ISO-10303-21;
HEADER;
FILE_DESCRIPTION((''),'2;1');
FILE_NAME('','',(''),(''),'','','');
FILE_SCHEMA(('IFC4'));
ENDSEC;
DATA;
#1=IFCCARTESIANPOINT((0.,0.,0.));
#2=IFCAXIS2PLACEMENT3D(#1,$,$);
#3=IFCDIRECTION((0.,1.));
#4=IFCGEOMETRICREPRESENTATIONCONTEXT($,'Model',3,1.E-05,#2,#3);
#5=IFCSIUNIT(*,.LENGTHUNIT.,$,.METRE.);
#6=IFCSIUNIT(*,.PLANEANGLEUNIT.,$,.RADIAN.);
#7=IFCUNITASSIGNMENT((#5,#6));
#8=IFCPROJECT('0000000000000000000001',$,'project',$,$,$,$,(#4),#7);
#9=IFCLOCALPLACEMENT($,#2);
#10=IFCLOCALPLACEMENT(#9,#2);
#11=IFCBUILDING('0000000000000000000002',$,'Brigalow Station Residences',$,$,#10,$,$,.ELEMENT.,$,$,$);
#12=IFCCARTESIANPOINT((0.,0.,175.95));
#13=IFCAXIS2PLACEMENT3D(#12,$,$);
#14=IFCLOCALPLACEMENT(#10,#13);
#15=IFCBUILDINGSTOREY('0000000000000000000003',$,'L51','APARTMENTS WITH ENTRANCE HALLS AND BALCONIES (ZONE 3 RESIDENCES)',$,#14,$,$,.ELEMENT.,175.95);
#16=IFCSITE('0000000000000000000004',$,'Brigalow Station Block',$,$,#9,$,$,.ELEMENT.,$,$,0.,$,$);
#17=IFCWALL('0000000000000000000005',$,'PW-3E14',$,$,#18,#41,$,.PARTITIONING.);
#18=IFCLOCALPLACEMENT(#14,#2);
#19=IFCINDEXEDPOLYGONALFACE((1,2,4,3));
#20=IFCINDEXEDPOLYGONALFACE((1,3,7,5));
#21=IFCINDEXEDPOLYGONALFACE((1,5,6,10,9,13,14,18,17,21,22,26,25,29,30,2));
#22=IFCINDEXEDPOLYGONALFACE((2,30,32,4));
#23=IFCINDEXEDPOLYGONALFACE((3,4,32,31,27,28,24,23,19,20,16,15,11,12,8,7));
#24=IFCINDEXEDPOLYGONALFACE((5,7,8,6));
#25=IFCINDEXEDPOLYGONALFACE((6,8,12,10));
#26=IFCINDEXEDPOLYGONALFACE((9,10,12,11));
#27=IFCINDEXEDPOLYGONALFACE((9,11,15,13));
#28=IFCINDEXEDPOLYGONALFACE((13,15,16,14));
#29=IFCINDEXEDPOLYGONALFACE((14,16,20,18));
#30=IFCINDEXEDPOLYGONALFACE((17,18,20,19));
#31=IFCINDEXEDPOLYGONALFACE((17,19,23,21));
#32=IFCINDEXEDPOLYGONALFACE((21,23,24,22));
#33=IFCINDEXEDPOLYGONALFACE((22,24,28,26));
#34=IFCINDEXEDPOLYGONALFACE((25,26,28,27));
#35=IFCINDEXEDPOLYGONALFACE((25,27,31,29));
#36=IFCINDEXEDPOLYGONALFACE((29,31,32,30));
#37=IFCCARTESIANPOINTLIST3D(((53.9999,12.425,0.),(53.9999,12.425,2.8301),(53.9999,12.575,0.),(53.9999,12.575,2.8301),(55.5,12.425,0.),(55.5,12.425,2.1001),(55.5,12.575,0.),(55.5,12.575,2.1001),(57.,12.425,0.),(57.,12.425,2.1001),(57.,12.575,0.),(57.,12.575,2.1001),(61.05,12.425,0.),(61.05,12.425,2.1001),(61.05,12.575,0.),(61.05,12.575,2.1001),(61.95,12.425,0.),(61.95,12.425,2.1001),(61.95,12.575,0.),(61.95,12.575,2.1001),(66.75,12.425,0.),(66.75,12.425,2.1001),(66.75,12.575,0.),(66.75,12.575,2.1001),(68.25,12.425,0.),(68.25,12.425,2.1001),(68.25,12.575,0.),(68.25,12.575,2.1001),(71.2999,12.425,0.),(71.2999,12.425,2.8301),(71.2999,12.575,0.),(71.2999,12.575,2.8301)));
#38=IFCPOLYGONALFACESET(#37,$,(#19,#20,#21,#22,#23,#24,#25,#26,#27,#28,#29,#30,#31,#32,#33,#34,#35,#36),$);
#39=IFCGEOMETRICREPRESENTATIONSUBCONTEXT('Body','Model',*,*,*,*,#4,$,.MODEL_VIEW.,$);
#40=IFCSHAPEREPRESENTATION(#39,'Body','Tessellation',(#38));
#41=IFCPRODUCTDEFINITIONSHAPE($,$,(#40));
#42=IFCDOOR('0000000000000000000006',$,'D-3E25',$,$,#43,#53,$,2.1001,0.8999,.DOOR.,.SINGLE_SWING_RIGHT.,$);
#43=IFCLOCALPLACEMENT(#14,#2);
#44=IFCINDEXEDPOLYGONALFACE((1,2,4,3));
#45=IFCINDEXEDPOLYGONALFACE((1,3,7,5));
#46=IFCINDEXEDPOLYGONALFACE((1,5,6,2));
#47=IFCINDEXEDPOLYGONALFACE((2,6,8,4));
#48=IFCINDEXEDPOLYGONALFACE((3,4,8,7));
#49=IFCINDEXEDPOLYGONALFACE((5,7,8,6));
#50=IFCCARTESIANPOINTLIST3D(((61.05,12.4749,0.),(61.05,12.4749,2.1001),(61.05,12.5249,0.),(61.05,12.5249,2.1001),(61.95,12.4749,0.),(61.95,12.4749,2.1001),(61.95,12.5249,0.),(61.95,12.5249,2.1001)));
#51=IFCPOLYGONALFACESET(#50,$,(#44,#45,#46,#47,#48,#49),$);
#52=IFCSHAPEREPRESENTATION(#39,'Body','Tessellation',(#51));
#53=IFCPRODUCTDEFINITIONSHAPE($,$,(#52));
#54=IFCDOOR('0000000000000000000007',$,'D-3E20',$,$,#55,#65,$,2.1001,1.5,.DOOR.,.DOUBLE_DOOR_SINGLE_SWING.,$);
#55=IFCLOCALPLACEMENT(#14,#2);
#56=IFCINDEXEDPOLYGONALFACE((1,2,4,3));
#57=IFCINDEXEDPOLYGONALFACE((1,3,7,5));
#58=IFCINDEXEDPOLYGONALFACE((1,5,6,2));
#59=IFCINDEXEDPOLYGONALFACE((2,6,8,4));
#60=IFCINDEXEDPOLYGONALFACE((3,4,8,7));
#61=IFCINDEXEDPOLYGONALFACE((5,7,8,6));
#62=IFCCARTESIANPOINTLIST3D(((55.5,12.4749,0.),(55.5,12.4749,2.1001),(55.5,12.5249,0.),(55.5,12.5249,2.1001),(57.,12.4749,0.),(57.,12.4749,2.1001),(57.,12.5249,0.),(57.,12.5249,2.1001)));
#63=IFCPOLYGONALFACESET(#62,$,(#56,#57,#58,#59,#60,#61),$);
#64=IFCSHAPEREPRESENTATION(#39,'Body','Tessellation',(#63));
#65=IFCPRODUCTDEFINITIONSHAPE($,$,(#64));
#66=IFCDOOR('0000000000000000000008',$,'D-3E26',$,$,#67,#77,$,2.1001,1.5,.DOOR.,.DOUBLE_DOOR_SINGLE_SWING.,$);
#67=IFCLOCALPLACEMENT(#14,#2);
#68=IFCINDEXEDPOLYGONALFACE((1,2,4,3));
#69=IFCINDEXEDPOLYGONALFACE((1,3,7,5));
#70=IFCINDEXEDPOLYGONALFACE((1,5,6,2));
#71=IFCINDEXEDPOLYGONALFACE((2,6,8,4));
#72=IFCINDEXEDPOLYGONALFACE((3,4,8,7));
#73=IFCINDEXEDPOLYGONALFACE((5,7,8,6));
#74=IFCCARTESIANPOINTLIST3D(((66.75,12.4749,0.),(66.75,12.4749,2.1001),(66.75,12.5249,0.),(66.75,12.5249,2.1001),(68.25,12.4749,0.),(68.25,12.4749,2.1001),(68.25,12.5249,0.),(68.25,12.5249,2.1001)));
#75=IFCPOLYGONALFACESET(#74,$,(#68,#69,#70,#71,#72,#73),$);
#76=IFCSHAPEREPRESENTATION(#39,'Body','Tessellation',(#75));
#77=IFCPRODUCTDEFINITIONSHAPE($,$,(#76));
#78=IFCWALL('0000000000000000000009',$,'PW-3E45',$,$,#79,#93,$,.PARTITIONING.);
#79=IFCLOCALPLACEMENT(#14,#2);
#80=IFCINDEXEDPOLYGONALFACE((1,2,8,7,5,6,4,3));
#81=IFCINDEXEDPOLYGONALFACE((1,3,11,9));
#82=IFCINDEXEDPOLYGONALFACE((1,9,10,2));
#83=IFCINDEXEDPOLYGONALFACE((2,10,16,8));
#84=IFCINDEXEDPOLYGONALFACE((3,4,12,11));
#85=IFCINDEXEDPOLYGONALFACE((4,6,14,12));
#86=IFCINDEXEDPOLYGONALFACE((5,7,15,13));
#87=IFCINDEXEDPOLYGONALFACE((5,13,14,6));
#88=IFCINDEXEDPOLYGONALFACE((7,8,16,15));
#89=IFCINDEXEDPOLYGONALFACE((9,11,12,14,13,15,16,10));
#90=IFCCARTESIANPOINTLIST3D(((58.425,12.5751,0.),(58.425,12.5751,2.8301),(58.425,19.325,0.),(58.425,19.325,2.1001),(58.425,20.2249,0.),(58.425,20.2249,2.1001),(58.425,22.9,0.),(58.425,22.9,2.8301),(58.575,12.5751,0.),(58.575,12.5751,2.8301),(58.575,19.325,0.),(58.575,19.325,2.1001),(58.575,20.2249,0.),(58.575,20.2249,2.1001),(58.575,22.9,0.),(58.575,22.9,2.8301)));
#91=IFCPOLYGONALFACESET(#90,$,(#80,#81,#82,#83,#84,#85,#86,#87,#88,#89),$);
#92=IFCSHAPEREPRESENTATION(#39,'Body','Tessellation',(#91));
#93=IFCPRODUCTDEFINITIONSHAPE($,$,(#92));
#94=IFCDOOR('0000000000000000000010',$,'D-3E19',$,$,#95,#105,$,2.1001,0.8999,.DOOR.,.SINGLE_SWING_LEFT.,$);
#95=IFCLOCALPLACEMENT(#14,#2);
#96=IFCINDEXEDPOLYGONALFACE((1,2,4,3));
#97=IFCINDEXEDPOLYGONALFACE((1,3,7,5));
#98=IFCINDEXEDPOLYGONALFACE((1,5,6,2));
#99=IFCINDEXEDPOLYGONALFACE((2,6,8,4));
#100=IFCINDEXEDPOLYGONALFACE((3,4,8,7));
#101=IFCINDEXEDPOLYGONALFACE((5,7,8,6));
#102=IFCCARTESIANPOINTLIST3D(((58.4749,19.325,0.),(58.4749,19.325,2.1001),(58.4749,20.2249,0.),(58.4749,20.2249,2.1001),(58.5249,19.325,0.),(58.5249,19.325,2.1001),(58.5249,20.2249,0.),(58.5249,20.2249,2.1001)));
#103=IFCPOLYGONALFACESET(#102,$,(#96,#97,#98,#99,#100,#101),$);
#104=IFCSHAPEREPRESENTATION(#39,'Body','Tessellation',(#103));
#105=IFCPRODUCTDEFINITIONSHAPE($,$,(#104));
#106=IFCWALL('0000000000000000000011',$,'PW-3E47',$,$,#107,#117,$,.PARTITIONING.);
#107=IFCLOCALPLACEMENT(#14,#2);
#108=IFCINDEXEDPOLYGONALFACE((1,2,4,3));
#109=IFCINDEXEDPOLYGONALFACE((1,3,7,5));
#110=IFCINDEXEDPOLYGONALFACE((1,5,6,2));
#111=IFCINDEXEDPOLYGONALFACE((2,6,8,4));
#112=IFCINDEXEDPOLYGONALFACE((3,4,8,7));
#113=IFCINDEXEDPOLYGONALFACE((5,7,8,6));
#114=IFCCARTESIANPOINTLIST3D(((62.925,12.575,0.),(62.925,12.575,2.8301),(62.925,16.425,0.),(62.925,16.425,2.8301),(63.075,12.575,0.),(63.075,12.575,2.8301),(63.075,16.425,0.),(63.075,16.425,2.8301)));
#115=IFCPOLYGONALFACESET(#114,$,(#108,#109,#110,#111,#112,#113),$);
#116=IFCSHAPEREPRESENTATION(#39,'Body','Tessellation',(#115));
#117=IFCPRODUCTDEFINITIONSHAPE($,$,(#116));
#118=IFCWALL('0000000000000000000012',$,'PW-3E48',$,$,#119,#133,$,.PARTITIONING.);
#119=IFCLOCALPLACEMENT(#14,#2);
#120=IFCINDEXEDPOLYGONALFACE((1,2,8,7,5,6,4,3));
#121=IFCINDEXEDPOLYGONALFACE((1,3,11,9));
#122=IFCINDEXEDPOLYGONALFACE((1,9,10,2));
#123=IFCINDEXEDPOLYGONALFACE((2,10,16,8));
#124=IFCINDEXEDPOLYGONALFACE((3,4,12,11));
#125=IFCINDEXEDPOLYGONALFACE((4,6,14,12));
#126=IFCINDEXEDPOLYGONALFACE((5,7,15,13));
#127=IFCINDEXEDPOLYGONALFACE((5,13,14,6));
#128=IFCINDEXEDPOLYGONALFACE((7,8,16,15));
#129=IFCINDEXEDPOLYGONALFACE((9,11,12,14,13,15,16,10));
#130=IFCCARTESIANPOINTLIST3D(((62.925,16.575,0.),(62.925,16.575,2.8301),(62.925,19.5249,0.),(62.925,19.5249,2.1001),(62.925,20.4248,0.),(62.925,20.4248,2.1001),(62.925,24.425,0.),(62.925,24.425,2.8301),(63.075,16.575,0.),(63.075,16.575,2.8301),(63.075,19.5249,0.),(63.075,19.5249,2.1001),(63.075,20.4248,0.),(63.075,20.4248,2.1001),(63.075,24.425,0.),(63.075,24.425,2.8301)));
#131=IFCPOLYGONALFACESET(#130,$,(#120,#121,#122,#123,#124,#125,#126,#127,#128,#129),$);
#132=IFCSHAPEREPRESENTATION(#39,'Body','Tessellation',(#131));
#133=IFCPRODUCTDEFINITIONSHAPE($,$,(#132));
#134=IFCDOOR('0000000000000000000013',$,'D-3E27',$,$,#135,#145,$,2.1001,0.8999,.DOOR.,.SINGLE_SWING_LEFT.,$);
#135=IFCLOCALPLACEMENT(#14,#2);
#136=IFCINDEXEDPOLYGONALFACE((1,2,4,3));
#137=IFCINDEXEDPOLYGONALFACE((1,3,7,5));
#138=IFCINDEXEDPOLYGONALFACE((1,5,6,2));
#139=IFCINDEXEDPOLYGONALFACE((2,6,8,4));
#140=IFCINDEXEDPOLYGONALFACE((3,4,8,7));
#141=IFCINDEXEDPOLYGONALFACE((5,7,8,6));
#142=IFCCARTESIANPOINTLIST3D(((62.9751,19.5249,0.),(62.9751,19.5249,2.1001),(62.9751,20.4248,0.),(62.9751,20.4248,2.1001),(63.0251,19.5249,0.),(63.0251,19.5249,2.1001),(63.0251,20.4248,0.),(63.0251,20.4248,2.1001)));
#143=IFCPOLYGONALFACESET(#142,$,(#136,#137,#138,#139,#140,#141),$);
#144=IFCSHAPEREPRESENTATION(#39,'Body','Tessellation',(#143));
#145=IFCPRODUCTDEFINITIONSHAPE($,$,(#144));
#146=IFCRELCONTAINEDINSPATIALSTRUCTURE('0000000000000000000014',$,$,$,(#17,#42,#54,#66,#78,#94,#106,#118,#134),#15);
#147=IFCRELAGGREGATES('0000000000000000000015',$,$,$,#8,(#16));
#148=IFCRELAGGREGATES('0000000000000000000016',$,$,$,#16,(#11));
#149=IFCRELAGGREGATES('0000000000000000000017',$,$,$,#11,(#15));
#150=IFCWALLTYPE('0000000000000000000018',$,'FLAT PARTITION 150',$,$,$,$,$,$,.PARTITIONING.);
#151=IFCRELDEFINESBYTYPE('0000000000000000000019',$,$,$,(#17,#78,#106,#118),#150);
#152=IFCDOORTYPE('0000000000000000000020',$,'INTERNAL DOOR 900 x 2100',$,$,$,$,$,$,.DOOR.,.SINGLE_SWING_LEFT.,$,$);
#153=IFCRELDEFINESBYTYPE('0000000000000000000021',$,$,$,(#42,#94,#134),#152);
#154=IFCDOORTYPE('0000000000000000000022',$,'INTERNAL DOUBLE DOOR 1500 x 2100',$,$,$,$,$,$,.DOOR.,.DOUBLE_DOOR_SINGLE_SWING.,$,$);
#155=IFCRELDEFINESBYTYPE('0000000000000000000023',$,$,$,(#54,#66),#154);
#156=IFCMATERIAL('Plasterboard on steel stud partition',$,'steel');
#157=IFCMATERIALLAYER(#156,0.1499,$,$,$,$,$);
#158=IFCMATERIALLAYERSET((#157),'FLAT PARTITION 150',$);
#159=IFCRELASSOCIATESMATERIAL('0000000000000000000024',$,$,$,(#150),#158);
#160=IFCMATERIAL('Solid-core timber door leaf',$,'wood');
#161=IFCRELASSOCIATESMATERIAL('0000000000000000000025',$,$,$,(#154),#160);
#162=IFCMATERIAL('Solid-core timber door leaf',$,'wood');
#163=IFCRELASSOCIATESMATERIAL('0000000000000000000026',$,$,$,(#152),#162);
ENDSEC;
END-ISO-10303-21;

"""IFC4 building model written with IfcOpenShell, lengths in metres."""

from ifc_helpers import new_model, si_unit, direction, frame, frame_2d, origin, place, context, subcontext, project, spatial, rectangle, extrude, material, layer, layer_set, type_object, element, fill, save


model = new_model("IFC4")

# Units and contexts
model_context = context("Model", 3, precision=1e-05, world=origin(), true_north=direction((0.0, 1.0)))
body_context = subcontext(model_context, "Body", "Model", "MODEL_VIEW")
ifc_project = project(units=[si_unit("LENGTHUNIT", "METRE"), si_unit("PLANEANGLEUNIT", "RADIAN")], contexts=[model_context])

# Site, building, storey
site_placement = place(None, origin())
site = spatial("IfcSite", under=ifc_project, at=site_placement, Name="Brigalow Station Block", CompositionType="ELEMENT", RefElevation=0.0)
building_placement = place(site_placement, origin())
building = spatial("IfcBuilding", under=site, at=building_placement, Name="Brigalow Station Residences", CompositionType="ELEMENT")
storey_placement = place(building_placement, frame((0.0, 0.0, 175.95)))
storey = spatial("IfcBuildingStorey", under=building, at=storey_placement, Name="L51", Description="APARTMENTS WITH ENTRANCE HALLS AND BALCONIES (ZONE 3 RESIDENCES)", CompositionType="ELEMENT", Elevation=175.95)

# Shared definitions
ifc_material_1 = material(Name="Plasterboard on steel stud partition", Category="steel")
ifc_layer_1 = layer(ifc_material_1, 0.1499)
ifc_layer_set_1 = layer_set([ifc_layer_1], Name="FLAT PARTITION 150")
wall_type_1 = type_object("IfcWallType", Name="FLAT PARTITION 150", PredefinedType="PARTITIONING", material=ifc_layer_set_1)
ifc_material_2 = material(Name="Solid-core timber door leaf", Category="wood")
door_type_1 = type_object("IfcDoorType", Name="INTERNAL DOUBLE DOOR 1500 x 2100", OperationType="DOUBLE_DOOR_SINGLE_SWING", PredefinedType="DOOR", material=ifc_material_2)

# Wall, openings, doors
wall_1_placement = place(storey_placement, frame((54.0, 12.5, 0.0), z_axis=(0.0, 0.0, 1.0), x_axis=(1.0, 0.0, 0.0)))
wall_1 = element("IfcWall", 1, at=wall_1_placement, inside=storey, type_object=wall_type_1, Name="PW-3E14", PredefinedType="PARTITIONING", context=body_context, shape_type="SweptSolid", body=[
    extrude(rectangle(XDim=17.3, YDim=0.1499, at=frame_2d((8.6499, 0.0))), origin(), (0.0, 0.0, 1.0), 2.8301),
])
opening_1_placement = place(wall_1_placement, frame((1.5, 0.0, 0.0)))
opening_1 = element("IfcOpeningElement", 2, at=opening_1_placement, cuts=wall_1, PredefinedType="OPENING", context=body_context, shape_type="SweptSolid", body=[
    extrude(rectangle(XDim=1.5, YDim=2.1001, at=frame_2d((0.75, 1.05))), frame((0.0, 0.085, 0.0), z_axis=(0.0, -1.0, 0.0), x_axis=(1.0, 0.0, 0.0)), (0.0, 0.0, 1.0), 0.1699),
])
opening_2_placement = place(wall_1_placement, frame((7.05, 0.0, 0.0)))
opening_2 = element("IfcOpeningElement", 3, at=opening_2_placement, cuts=wall_1, PredefinedType="OPENING", context=body_context, shape_type="SweptSolid", body=[
    extrude(rectangle(XDim=0.8999, YDim=2.1001, at=frame_2d((0.45, 1.05))), frame((0.0, 0.085, 0.0), z_axis=(0.0, -1.0, 0.0), x_axis=(1.0, 0.0, 0.0)), (0.0, 0.0, 1.0), 0.1699),
])
opening_3_placement = place(wall_1_placement, frame((12.75, 0.0, 0.0)))
opening_3 = element("IfcOpeningElement", 4, at=opening_3_placement, cuts=wall_1, PredefinedType="OPENING", context=body_context, shape_type="SweptSolid", body=[
    extrude(rectangle(XDim=1.5, YDim=2.1001, at=frame_2d((0.75, 1.05))), frame((0.0, 0.085, 0.0), z_axis=(0.0, -1.0, 0.0), x_axis=(1.0, 0.0, 0.0)), (0.0, 0.0, 1.0), 0.1699),
])
ifc_material_3 = material(Name="Solid-core timber door leaf", Category="wood")
door_type_2 = type_object("IfcDoorType", Name="INTERNAL DOOR 900 x 2100", OperationType="SINGLE_SWING_LEFT", PredefinedType="DOOR", material=ifc_material_3)
door_1_placement = place(opening_2_placement, origin())
door_1 = element("IfcDoor", 5, at=door_1_placement, inside=storey, type_object=door_type_2, Name="D-3E25", OperationType="SINGLE_SWING_RIGHT", OverallHeight=2.1001, OverallWidth=0.8999, PredefinedType="DOOR", context=body_context, shape_type="SweptSolid", body=[
    extrude(rectangle(XDim=0.8999, YDim=2.1001, at=frame_2d((0.45, 1.05))), frame((0.0, 0.0249, 0.0), z_axis=(0.0, -1.0, 0.0), x_axis=(1.0, 0.0, 0.0)), (0.0, 0.0, 1.0), 0.05),
])
fill(opening_2, door_1)
door_2_placement = place(opening_1_placement, origin())
door_2 = element("IfcDoor", 6, at=door_2_placement, inside=storey, type_object=door_type_1, Name="D-3E20", OperationType="DOUBLE_DOOR_SINGLE_SWING", OverallHeight=2.1001, OverallWidth=1.5, PredefinedType="DOOR", context=body_context, shape_type="SweptSolid", body=[
    extrude(rectangle(XDim=1.5, YDim=2.1001, at=frame_2d((0.75, 1.05))), frame((0.0, 0.0249, 0.0), z_axis=(0.0, -1.0, 0.0), x_axis=(1.0, 0.0, 0.0)), (0.0, 0.0, 1.0), 0.05),
])
fill(opening_1, door_2)
door_3_placement = place(opening_3_placement, origin())
door_3 = element("IfcDoor", 7, at=door_3_placement, inside=storey, type_object=door_type_1, Name="D-3E26", OperationType="DOUBLE_DOOR_SINGLE_SWING", OverallHeight=2.1001, OverallWidth=1.5, PredefinedType="DOOR", context=body_context, shape_type="SweptSolid", body=[
    extrude(rectangle(XDim=1.5, YDim=2.1001, at=frame_2d((0.75, 1.05))), frame((0.0, 0.0249, 0.0), z_axis=(0.0, -1.0, 0.0), x_axis=(1.0, 0.0, 0.0)), (0.0, 0.0, 1.0), 0.05),
])
fill(opening_3, door_3)

# Wall, opening, door
wall_2_placement = place(storey_placement, frame((58.5, 12.575, 0.0), z_axis=(0.0, 0.0, 1.0), x_axis=(0.0, 1.0, 0.0)))
wall_2 = element("IfcWall", 8, at=wall_2_placement, inside=storey, type_object=wall_type_1, Name="PW-3E45", PredefinedType="PARTITIONING", context=body_context, shape_type="SweptSolid", body=[
    extrude(rectangle(XDim=10.325, YDim=0.1499, at=frame_2d((5.1626, 0.0))), origin(), (0.0, 0.0, 1.0), 2.8301),
])
opening_4_placement = place(wall_2_placement, frame((6.75, 0.0, 0.0)))
opening_4 = element("IfcOpeningElement", 9, at=opening_4_placement, cuts=wall_2, PredefinedType="OPENING", context=body_context, shape_type="SweptSolid", body=[
    extrude(rectangle(XDim=0.8999, YDim=2.1001, at=frame_2d((0.45, 1.05))), frame((0.0, 0.085, 0.0), z_axis=(0.0, -1.0, 0.0), x_axis=(1.0, 0.0, 0.0)), (0.0, 0.0, 1.0), 0.1699),
])
door_4_placement = place(opening_4_placement, frame((0.8999, 0.0, 0.0), z_axis=(0.0, 0.0, 1.0), x_axis=(-1.0, 0.0, 0.0)))
door_4 = element("IfcDoor", 10, at=door_4_placement, inside=storey, type_object=door_type_2, Name="D-3E19", OperationType="SINGLE_SWING_LEFT", OverallHeight=2.1001, OverallWidth=0.8999, PredefinedType="DOOR", context=body_context, shape_type="SweptSolid", body=[
    extrude(rectangle(XDim=0.8999, YDim=2.1001, at=frame_2d((0.45, 1.05))), frame((0.0, 0.0249, 0.0), z_axis=(0.0, -1.0, 0.0), x_axis=(1.0, 0.0, 0.0)), (0.0, 0.0, 1.0), 0.05),
])
fill(opening_4, door_4)

# Wall
wall_3_placement = place(storey_placement, frame((63.0, 12.575, 0.0), z_axis=(0.0, 0.0, 1.0), x_axis=(0.0, 1.0, 0.0)))
element("IfcWall", 11, at=wall_3_placement, inside=storey, type_object=wall_type_1, Name="PW-3E47", PredefinedType="PARTITIONING", context=body_context, shape_type="SweptSolid", body=[
    extrude(rectangle(XDim=3.8501, YDim=0.1499, at=frame_2d((1.925, 0.0))), origin(), (0.0, 0.0, 1.0), 2.8301),
])

# Wall, opening, door
wall_4_placement = place(storey_placement, frame((63.0, 16.575, 0.0), z_axis=(0.0, 0.0, 1.0), x_axis=(0.0, 1.0, 0.0)))
wall_4 = element("IfcWall", 12, at=wall_4_placement, inside=storey, type_object=wall_type_1, Name="PW-3E48", PredefinedType="PARTITIONING", context=body_context, shape_type="SweptSolid", body=[
    extrude(rectangle(XDim=7.8501, YDim=0.1499, at=frame_2d((3.925, 0.0))), origin(), (0.0, 0.0, 1.0), 2.8301),
])
opening_5_placement = place(wall_4_placement, frame((2.95, 0.0, 0.0)))
opening_5 = element("IfcOpeningElement", 13, at=opening_5_placement, cuts=wall_4, PredefinedType="OPENING", context=body_context, shape_type="SweptSolid", body=[
    extrude(rectangle(XDim=0.8999, YDim=2.1001, at=frame_2d((0.45, 1.05))), frame((0.0, 0.085, 0.0), z_axis=(0.0, -1.0, 0.0), x_axis=(1.0, 0.0, 0.0)), (0.0, 0.0, 1.0), 0.1699),
])
door_5_placement = place(opening_5_placement, origin())
door_5 = element("IfcDoor", 14, at=door_5_placement, inside=storey, type_object=door_type_2, Name="D-3E27", OperationType="SINGLE_SWING_LEFT", OverallHeight=2.1001, OverallWidth=0.8999, PredefinedType="DOOR", context=body_context, shape_type="SweptSolid", body=[
    extrude(rectangle(XDim=0.8999, YDim=2.1001, at=frame_2d((0.45, 1.05))), frame((0.0, 0.0249, 0.0), z_axis=(0.0, -1.0, 0.0), x_axis=(1.0, 0.0, 0.0)), (0.0, 0.0, 1.0), 0.05),
])
fill(opening_5, door_5)

save(model, "model.ifc")
